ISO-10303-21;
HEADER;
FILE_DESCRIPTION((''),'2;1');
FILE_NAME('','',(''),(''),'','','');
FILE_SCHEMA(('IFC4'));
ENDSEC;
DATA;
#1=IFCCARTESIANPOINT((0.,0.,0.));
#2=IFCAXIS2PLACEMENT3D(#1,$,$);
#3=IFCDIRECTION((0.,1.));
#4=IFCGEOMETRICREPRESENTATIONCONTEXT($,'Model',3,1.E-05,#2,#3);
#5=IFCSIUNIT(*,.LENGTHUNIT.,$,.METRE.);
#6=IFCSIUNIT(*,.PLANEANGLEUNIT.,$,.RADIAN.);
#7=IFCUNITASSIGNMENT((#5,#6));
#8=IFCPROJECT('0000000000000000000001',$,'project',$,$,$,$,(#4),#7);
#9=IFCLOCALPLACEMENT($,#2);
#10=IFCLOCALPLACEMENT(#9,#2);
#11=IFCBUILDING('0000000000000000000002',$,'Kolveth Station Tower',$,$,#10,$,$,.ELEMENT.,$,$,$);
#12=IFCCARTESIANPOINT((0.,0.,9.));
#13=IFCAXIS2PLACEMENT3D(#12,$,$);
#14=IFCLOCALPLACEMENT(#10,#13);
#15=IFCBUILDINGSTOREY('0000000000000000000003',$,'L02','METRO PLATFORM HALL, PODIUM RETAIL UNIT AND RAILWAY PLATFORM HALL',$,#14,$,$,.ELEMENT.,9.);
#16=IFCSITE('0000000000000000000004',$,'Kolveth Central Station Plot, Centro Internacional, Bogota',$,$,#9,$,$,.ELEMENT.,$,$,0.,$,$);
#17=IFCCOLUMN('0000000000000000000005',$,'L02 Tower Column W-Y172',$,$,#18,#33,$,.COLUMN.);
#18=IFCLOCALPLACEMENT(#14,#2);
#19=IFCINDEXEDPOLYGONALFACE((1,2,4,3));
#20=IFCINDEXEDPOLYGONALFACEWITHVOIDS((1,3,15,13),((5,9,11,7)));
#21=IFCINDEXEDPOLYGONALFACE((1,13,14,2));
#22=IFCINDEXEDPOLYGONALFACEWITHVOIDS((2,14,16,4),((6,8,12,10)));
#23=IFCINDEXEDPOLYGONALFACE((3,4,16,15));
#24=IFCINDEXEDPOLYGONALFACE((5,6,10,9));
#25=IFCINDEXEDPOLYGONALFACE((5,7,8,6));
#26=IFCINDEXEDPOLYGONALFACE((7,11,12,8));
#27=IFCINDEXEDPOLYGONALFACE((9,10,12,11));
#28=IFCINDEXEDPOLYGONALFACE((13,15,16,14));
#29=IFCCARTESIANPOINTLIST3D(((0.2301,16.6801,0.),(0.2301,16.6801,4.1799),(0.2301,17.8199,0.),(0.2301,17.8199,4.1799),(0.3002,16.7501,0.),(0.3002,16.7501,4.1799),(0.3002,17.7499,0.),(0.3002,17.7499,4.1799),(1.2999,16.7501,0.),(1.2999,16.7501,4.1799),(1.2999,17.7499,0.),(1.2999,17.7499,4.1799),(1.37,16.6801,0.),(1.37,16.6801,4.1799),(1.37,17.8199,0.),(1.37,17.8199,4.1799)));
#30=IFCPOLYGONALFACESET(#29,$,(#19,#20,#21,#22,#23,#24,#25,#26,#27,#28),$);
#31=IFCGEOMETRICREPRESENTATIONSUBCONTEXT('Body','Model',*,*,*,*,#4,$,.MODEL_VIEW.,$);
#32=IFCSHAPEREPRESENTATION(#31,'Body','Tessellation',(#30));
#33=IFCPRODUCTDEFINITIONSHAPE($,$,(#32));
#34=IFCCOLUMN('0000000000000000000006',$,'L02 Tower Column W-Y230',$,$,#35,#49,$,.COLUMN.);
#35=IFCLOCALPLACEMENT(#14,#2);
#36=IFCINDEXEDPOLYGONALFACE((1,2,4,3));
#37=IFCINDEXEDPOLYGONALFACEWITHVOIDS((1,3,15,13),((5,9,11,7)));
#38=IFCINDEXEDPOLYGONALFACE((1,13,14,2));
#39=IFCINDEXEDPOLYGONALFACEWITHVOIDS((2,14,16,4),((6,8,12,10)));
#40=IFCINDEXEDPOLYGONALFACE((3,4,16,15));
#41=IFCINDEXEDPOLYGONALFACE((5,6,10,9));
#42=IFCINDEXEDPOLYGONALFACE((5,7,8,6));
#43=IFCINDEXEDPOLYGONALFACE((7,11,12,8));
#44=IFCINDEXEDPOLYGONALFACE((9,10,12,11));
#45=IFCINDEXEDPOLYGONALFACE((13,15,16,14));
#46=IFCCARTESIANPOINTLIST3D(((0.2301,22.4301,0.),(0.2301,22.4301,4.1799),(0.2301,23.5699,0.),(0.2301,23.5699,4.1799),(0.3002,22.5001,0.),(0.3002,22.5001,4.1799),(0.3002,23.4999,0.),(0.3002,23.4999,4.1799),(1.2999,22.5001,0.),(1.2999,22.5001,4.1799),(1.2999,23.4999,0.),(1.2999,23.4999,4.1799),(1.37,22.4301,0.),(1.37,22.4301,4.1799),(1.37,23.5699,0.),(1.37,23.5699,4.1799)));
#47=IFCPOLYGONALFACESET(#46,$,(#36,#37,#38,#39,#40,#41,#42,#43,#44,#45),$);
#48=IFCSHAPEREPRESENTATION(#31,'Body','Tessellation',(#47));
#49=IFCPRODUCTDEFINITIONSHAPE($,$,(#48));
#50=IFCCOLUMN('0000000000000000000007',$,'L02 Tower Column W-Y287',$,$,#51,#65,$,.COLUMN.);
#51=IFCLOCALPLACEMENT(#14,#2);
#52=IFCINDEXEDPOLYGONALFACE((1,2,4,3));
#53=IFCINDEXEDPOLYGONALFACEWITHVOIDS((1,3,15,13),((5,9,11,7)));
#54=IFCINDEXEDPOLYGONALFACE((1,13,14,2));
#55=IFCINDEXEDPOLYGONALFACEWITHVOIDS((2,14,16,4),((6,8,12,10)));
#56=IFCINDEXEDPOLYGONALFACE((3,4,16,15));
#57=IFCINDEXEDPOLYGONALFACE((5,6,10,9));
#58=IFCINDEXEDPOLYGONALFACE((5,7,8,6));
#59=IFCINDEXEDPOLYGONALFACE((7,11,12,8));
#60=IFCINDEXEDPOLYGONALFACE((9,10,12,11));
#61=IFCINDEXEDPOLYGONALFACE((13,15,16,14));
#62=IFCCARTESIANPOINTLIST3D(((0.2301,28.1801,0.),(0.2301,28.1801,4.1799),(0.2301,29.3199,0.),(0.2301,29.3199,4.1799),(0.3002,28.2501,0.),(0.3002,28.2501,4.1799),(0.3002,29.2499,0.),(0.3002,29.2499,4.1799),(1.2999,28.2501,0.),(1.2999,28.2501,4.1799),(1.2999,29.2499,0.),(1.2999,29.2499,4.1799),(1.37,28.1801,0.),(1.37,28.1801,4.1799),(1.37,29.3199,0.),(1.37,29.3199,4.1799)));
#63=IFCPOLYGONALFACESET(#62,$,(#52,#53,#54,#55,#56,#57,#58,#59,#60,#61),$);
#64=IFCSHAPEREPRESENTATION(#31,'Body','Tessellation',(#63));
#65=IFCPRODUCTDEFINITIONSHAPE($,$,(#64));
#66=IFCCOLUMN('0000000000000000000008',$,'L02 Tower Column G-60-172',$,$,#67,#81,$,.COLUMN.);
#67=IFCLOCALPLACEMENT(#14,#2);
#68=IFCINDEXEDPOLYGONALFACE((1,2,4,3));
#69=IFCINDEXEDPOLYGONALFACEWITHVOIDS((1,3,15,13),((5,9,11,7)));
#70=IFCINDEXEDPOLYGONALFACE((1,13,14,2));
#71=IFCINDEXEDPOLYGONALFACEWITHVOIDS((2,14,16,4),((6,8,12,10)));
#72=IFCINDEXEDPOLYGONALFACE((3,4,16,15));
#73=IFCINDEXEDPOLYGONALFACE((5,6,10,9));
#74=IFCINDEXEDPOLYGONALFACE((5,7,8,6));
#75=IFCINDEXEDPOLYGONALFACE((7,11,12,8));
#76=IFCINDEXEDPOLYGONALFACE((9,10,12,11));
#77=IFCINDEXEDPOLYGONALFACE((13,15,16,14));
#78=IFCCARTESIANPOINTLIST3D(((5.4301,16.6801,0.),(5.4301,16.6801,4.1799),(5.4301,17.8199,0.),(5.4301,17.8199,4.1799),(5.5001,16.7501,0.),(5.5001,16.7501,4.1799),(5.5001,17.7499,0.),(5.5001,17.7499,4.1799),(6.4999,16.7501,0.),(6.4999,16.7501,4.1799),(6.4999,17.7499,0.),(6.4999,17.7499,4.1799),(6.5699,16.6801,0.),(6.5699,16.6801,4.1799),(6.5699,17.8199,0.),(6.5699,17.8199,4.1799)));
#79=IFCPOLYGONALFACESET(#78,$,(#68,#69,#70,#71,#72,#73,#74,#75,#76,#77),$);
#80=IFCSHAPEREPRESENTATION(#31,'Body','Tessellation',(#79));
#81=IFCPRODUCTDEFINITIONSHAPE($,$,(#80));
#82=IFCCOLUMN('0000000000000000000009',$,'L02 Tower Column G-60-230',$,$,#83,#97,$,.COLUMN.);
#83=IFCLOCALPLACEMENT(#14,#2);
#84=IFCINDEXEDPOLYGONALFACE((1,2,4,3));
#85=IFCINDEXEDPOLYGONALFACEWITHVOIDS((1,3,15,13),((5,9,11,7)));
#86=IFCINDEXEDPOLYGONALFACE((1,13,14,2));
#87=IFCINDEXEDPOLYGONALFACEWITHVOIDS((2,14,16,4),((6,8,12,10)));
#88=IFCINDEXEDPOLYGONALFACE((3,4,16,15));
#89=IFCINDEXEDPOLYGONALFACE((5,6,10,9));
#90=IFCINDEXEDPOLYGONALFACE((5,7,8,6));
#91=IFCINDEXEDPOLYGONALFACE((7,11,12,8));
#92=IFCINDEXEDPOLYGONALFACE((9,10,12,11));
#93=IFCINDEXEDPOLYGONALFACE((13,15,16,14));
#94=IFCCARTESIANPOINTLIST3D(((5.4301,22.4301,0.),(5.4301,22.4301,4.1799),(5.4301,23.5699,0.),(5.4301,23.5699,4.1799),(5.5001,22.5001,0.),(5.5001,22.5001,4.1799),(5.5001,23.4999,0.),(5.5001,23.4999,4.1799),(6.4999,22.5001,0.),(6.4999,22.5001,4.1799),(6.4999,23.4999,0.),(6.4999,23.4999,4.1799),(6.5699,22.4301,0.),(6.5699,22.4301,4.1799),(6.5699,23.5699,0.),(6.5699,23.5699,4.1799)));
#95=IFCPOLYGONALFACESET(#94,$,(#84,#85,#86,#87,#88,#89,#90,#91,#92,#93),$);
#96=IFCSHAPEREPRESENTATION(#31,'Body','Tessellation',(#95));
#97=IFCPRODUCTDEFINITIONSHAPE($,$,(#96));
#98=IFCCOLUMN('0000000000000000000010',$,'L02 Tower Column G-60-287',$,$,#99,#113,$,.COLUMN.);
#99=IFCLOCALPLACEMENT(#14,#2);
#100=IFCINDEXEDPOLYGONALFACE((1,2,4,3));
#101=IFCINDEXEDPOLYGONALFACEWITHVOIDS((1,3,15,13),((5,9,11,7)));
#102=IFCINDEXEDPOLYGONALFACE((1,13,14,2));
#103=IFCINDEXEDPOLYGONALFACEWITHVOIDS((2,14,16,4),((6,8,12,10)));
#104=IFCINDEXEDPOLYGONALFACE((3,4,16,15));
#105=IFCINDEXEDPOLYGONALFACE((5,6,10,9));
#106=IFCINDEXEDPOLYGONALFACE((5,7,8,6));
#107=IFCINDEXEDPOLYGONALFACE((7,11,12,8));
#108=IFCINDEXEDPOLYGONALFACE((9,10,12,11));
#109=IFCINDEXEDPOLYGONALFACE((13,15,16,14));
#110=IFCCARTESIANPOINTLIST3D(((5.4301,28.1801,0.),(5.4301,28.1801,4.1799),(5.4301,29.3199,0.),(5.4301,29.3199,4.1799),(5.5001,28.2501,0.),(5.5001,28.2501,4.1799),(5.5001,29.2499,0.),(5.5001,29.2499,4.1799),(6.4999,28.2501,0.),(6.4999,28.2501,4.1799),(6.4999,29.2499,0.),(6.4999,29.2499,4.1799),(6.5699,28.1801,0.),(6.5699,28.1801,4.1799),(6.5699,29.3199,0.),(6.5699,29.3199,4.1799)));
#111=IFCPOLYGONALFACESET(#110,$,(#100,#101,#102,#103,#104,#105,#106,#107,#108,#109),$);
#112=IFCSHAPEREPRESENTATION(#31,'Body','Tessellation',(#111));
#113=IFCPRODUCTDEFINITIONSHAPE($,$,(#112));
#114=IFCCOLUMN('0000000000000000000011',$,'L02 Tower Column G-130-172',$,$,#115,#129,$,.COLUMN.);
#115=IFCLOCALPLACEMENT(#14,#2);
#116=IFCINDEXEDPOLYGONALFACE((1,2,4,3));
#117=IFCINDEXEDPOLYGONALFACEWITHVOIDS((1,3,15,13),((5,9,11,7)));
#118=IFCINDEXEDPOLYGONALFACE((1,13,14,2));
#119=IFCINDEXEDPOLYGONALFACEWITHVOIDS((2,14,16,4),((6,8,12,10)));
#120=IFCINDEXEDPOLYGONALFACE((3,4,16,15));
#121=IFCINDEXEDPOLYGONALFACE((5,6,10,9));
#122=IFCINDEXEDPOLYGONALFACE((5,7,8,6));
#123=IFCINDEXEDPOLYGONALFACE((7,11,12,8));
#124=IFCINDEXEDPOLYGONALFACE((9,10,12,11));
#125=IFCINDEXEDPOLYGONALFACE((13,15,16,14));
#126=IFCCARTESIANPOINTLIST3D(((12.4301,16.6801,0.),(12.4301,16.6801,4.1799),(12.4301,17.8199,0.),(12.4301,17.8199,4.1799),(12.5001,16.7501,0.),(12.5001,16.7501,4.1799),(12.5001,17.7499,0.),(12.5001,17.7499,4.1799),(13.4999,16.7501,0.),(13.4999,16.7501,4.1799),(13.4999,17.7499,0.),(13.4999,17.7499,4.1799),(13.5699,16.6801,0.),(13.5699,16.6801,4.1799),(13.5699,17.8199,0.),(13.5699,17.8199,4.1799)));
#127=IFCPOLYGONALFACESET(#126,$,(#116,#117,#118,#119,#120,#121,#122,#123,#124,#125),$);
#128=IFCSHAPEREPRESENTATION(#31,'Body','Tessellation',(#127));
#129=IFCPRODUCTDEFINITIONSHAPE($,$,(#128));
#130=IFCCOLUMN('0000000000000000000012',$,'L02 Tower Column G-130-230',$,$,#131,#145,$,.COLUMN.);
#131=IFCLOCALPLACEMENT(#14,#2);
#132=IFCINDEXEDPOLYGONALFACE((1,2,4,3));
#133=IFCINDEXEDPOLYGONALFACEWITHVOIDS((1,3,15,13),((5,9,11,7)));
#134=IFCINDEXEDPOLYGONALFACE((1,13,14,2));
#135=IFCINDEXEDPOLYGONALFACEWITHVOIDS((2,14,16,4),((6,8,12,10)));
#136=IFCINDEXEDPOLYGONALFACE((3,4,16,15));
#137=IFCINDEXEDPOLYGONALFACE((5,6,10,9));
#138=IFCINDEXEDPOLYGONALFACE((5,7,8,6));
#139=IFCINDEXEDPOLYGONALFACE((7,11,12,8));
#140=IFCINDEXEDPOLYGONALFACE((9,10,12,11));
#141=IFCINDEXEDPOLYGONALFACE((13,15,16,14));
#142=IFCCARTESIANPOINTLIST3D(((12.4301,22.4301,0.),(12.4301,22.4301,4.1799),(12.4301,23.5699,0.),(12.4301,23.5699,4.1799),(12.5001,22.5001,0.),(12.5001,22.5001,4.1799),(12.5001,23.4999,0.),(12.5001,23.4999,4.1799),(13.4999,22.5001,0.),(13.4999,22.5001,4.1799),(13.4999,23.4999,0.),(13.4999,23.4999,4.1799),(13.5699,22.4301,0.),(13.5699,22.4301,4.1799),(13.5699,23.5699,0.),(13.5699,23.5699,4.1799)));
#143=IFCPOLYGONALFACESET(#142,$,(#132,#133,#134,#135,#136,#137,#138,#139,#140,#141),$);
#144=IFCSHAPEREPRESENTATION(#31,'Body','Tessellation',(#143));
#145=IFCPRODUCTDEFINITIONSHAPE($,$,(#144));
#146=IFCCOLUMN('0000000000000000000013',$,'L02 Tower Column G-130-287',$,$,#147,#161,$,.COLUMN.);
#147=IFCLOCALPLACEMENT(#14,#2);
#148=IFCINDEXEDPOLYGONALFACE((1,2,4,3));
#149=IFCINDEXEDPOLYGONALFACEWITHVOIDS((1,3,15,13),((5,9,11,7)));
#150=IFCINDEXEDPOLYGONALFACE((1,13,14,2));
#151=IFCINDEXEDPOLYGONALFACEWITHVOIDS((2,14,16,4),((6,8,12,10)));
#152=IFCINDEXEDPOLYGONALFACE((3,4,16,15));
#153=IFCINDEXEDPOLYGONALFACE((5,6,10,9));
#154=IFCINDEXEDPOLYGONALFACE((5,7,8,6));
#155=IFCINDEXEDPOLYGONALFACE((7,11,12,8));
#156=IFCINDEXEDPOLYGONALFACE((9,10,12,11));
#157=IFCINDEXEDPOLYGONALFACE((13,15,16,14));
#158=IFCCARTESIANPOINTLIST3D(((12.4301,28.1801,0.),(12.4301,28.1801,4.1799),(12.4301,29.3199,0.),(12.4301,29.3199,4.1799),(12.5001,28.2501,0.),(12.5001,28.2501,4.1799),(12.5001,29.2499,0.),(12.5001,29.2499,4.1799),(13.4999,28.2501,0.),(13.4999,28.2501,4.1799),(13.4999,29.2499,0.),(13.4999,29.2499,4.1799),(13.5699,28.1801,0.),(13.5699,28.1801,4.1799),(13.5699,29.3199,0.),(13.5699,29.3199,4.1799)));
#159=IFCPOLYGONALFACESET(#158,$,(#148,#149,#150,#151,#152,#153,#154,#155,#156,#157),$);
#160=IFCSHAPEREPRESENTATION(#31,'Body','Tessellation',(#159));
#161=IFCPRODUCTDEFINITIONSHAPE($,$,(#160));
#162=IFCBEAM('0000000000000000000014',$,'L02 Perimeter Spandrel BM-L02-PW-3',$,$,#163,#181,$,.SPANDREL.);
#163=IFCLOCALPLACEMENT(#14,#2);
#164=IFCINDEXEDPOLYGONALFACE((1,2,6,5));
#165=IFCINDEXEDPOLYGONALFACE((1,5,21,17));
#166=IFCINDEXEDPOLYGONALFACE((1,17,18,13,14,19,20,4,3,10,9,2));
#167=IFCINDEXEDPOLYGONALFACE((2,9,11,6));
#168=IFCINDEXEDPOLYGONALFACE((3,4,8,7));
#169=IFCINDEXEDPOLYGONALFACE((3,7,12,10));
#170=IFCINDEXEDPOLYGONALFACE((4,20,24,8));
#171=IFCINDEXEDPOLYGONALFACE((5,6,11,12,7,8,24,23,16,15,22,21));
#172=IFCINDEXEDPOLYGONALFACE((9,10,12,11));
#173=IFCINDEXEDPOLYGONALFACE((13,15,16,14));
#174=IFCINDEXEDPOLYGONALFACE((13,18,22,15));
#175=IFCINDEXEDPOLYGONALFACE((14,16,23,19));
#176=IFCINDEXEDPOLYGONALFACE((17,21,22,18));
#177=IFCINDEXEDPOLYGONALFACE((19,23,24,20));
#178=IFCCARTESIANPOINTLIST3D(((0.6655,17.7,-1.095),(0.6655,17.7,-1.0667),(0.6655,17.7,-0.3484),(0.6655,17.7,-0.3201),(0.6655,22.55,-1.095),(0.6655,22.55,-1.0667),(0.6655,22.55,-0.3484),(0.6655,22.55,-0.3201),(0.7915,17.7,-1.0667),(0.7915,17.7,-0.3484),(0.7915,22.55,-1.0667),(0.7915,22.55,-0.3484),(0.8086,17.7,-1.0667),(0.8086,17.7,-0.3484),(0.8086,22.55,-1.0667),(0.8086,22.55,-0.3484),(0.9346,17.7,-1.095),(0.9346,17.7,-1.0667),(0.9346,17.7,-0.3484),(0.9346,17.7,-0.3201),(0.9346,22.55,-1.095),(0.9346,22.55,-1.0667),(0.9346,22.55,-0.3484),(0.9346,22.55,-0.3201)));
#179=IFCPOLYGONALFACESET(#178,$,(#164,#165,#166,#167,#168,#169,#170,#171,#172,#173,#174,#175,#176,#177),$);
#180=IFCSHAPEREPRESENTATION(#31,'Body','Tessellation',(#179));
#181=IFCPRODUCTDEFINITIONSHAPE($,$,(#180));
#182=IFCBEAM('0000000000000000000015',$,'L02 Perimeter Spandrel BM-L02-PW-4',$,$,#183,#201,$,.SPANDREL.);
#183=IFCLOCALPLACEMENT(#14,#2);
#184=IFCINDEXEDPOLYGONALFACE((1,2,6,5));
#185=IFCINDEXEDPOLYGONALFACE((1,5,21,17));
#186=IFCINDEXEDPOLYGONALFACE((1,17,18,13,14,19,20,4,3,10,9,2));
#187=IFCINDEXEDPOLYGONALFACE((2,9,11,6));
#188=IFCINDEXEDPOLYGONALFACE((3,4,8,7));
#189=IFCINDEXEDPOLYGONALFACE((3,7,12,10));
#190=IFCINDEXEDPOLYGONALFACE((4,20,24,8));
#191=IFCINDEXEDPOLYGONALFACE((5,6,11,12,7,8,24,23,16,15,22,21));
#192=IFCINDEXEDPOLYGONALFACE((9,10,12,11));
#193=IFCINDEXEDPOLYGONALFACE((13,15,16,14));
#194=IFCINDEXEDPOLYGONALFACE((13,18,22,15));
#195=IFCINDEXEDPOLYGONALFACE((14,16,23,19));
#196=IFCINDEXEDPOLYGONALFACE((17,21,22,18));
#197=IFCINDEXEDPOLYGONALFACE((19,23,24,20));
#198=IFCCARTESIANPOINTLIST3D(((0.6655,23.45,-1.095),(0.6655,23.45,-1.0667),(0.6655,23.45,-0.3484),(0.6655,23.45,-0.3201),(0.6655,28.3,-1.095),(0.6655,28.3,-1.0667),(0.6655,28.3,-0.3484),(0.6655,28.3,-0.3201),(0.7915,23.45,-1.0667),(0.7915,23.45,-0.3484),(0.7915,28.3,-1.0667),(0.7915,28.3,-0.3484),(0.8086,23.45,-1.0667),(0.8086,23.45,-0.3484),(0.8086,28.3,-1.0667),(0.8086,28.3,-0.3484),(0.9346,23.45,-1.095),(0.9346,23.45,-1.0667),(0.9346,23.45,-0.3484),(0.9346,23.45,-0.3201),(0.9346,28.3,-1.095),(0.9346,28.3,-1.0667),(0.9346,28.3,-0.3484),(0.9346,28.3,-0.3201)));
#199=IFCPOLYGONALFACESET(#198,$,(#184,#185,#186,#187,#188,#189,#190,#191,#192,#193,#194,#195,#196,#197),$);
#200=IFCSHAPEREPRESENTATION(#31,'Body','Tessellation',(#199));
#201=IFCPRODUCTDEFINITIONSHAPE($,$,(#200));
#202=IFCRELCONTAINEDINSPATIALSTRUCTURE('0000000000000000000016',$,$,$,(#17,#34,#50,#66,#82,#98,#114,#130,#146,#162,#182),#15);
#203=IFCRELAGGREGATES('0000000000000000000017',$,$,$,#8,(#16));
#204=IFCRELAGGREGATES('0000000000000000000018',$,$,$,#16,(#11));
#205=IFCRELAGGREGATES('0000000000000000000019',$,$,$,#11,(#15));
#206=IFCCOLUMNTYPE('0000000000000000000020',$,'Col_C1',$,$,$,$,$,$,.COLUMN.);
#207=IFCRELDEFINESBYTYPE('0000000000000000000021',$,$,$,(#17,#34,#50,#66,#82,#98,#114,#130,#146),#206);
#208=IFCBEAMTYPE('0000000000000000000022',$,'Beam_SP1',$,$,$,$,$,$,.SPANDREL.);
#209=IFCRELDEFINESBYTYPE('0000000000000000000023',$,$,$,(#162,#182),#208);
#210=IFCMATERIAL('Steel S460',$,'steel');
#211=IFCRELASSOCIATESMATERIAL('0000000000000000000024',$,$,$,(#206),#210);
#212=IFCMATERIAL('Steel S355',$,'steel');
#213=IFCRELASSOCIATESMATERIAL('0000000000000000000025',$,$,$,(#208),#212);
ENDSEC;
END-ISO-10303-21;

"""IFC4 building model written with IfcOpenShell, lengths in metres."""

from ifc_helpers import new_model, si_unit, direction, frame, origin, origin_2d, place, context, subcontext, project, spatial, hollow_rectangle, i_section, extrude, source, transform, mapped, material, material_profile, profile_set, type_object, element, save


model = new_model("IFC4")

# Units and contexts
model_context = context("Model", 3, precision=1e-05, world=origin(), true_north=direction((0.0, 1.0)))
body_context = subcontext(model_context, "Body", "Model", "MODEL_VIEW")
ifc_project = project(units=[si_unit("LENGTHUNIT", "METRE"), si_unit("PLANEANGLEUNIT", "RADIAN")], contexts=[model_context])

# Site, building, storey
site_placement = place(None, origin())
site = spatial("IfcSite", under=ifc_project, at=site_placement, Name="Kolveth Central Station Plot, Centro Internacional, Bogota", CompositionType="ELEMENT", RefElevation=0.0)
building_placement = place(site_placement, origin())
building = spatial("IfcBuilding", under=site, at=building_placement, Name="Kolveth Station Tower", CompositionType="ELEMENT")
storey_placement = place(building_placement, frame((0.0, 0.0, 9.0)))
storey = spatial("IfcBuildingStorey", under=building, at=storey_placement, Name="L02", Description="METRO PLATFORM HALL, PODIUM RETAIL UNIT AND RAILWAY PLATFORM HALL", CompositionType="ELEMENT", Elevation=9.0)

# Columns
ifc_material_1 = material(Name="Steel S460", Category="steel")
ifc_material_profile_1 = material_profile(ifc_material_1, hollow_rectangle(XDim=1.1399, YDim=1.1399, WallThickness=0.0701, at=origin_2d()), Name="BOX1140x1140x70")
ifc_profile_set_1 = profile_set([ifc_material_profile_1], Name="Steel S460")
column_type = type_object("IfcColumnType", Name="Col_C1", PredefinedType="COLUMN", material=ifc_profile_set_1)
shared_shape_1 = source(origin(), body_context, "Body", "SweptSolid", [
    extrude(hollow_rectangle(XDim=1.1399, YDim=1.1399, WallThickness=0.0701, at=origin_2d()), origin(), (0.0, 0.0, 1.0), 4.1799),
])
for number, where, z_axis, x_axis, name in (
    (1, (0.8, 17.25, 0.0), (0.0, 0.0, 1.0), (1.0, 0.0, 0.0), "L02 Tower Column W-Y172"),
    (2, (0.8, 23.0, 0.0), (0.0, 0.0, 1.0), (1.0, 0.0, 0.0), "L02 Tower Column W-Y230"),
    (3, (0.8, 28.75, 0.0), (0.0, 0.0, 1.0), (1.0, 0.0, 0.0), "L02 Tower Column W-Y287"),
    (4, (6.0, 17.25, 0.0), (0.0, 0.0, 1.0), (1.0, 0.0, 0.0), "L02 Tower Column G-60-172"),
    (5, (6.0, 23.0, 0.0), (0.0, 0.0, 1.0), (1.0, 0.0, 0.0), "L02 Tower Column G-60-230"),
    (6, (6.0, 28.75, 0.0), (0.0, 0.0, 1.0), (1.0, 0.0, 0.0), "L02 Tower Column G-60-287"),
    (7, (13.0, 17.25, 0.0), (0.0, 0.0, 1.0), (1.0, 0.0, 0.0), "L02 Tower Column G-130-172"),
    (8, (13.0, 23.0, 0.0), (0.0, 0.0, 1.0), (1.0, 0.0, 0.0), "L02 Tower Column G-130-230"),
    (9, (13.0, 28.75, 0.0), (0.0, 0.0, 1.0), (1.0, 0.0, 0.0), "L02 Tower Column G-130-287"),
):
    element("IfcColumn", number, at=place(storey_placement, frame(where, z_axis=z_axis, x_axis=x_axis)), inside=storey, type_object=column_type, Name=name, PredefinedType="COLUMN", context=body_context, shape_type="MappedRepresentation", body=[
        mapped(shared_shape_1, transform((0.0, 0.0, 0.0), x_axis=(1.0, 0.0, 0.0), y_axis=(0.0, 1.0, 0.0), z_axis=(0.0, 0.0, 1.0), scale=1.0)),
    ])

# Beams
ifc_material_2 = material(Name="Steel S355", Category="steel")
ifc_material_profile_2 = material_profile(ifc_material_2, i_section(OverallWidth=0.269, OverallDepth=0.7749, WebThickness=0.0171, FlangeThickness=0.0283, at=origin_2d()), Name="W760x220")
ifc_profile_set_2 = profile_set([ifc_material_profile_2], Name="Steel S355")
beam_type_1 = type_object("IfcBeamType", Name="Beam_SP1", PredefinedType="SPANDREL", material=ifc_profile_set_2)
shared_shape_2 = source(origin(), body_context, "Body", "SweptSolid", [
    extrude(i_section(OverallWidth=0.269, OverallDepth=0.7749, WebThickness=0.0171, FlangeThickness=0.0283, at=origin_2d()), origin(), (0.0, 0.0, 1.0), 4.8501),
])
for number, where, z_axis, x_axis, name in (
    (10, (0.8, 17.7, -0.7075), (0.0, 1.0, 0.0), (-1.0, 0.0, 0.0), "L02 Perimeter Spandrel BM-L02-PW-3"),
    (11, (0.8, 23.45, -0.7075), (0.0, 1.0, 0.0), (-1.0, 0.0, 0.0), "L02 Perimeter Spandrel BM-L02-PW-4"),
):
    element("IfcBeam", number, at=place(storey_placement, frame(where, z_axis=z_axis, x_axis=x_axis)), inside=storey, type_object=beam_type_1, Name=name, PredefinedType="SPANDREL", context=body_context, shape_type="MappedRepresentation", body=[
        mapped(shared_shape_2, transform((0.0, 0.0, 0.0), x_axis=(1.0, 0.0, 0.0), y_axis=(0.0, 1.0, 0.0), z_axis=(0.0, 0.0, 1.0), scale=1.0)),
    ])

save(model, "model.ifc")
